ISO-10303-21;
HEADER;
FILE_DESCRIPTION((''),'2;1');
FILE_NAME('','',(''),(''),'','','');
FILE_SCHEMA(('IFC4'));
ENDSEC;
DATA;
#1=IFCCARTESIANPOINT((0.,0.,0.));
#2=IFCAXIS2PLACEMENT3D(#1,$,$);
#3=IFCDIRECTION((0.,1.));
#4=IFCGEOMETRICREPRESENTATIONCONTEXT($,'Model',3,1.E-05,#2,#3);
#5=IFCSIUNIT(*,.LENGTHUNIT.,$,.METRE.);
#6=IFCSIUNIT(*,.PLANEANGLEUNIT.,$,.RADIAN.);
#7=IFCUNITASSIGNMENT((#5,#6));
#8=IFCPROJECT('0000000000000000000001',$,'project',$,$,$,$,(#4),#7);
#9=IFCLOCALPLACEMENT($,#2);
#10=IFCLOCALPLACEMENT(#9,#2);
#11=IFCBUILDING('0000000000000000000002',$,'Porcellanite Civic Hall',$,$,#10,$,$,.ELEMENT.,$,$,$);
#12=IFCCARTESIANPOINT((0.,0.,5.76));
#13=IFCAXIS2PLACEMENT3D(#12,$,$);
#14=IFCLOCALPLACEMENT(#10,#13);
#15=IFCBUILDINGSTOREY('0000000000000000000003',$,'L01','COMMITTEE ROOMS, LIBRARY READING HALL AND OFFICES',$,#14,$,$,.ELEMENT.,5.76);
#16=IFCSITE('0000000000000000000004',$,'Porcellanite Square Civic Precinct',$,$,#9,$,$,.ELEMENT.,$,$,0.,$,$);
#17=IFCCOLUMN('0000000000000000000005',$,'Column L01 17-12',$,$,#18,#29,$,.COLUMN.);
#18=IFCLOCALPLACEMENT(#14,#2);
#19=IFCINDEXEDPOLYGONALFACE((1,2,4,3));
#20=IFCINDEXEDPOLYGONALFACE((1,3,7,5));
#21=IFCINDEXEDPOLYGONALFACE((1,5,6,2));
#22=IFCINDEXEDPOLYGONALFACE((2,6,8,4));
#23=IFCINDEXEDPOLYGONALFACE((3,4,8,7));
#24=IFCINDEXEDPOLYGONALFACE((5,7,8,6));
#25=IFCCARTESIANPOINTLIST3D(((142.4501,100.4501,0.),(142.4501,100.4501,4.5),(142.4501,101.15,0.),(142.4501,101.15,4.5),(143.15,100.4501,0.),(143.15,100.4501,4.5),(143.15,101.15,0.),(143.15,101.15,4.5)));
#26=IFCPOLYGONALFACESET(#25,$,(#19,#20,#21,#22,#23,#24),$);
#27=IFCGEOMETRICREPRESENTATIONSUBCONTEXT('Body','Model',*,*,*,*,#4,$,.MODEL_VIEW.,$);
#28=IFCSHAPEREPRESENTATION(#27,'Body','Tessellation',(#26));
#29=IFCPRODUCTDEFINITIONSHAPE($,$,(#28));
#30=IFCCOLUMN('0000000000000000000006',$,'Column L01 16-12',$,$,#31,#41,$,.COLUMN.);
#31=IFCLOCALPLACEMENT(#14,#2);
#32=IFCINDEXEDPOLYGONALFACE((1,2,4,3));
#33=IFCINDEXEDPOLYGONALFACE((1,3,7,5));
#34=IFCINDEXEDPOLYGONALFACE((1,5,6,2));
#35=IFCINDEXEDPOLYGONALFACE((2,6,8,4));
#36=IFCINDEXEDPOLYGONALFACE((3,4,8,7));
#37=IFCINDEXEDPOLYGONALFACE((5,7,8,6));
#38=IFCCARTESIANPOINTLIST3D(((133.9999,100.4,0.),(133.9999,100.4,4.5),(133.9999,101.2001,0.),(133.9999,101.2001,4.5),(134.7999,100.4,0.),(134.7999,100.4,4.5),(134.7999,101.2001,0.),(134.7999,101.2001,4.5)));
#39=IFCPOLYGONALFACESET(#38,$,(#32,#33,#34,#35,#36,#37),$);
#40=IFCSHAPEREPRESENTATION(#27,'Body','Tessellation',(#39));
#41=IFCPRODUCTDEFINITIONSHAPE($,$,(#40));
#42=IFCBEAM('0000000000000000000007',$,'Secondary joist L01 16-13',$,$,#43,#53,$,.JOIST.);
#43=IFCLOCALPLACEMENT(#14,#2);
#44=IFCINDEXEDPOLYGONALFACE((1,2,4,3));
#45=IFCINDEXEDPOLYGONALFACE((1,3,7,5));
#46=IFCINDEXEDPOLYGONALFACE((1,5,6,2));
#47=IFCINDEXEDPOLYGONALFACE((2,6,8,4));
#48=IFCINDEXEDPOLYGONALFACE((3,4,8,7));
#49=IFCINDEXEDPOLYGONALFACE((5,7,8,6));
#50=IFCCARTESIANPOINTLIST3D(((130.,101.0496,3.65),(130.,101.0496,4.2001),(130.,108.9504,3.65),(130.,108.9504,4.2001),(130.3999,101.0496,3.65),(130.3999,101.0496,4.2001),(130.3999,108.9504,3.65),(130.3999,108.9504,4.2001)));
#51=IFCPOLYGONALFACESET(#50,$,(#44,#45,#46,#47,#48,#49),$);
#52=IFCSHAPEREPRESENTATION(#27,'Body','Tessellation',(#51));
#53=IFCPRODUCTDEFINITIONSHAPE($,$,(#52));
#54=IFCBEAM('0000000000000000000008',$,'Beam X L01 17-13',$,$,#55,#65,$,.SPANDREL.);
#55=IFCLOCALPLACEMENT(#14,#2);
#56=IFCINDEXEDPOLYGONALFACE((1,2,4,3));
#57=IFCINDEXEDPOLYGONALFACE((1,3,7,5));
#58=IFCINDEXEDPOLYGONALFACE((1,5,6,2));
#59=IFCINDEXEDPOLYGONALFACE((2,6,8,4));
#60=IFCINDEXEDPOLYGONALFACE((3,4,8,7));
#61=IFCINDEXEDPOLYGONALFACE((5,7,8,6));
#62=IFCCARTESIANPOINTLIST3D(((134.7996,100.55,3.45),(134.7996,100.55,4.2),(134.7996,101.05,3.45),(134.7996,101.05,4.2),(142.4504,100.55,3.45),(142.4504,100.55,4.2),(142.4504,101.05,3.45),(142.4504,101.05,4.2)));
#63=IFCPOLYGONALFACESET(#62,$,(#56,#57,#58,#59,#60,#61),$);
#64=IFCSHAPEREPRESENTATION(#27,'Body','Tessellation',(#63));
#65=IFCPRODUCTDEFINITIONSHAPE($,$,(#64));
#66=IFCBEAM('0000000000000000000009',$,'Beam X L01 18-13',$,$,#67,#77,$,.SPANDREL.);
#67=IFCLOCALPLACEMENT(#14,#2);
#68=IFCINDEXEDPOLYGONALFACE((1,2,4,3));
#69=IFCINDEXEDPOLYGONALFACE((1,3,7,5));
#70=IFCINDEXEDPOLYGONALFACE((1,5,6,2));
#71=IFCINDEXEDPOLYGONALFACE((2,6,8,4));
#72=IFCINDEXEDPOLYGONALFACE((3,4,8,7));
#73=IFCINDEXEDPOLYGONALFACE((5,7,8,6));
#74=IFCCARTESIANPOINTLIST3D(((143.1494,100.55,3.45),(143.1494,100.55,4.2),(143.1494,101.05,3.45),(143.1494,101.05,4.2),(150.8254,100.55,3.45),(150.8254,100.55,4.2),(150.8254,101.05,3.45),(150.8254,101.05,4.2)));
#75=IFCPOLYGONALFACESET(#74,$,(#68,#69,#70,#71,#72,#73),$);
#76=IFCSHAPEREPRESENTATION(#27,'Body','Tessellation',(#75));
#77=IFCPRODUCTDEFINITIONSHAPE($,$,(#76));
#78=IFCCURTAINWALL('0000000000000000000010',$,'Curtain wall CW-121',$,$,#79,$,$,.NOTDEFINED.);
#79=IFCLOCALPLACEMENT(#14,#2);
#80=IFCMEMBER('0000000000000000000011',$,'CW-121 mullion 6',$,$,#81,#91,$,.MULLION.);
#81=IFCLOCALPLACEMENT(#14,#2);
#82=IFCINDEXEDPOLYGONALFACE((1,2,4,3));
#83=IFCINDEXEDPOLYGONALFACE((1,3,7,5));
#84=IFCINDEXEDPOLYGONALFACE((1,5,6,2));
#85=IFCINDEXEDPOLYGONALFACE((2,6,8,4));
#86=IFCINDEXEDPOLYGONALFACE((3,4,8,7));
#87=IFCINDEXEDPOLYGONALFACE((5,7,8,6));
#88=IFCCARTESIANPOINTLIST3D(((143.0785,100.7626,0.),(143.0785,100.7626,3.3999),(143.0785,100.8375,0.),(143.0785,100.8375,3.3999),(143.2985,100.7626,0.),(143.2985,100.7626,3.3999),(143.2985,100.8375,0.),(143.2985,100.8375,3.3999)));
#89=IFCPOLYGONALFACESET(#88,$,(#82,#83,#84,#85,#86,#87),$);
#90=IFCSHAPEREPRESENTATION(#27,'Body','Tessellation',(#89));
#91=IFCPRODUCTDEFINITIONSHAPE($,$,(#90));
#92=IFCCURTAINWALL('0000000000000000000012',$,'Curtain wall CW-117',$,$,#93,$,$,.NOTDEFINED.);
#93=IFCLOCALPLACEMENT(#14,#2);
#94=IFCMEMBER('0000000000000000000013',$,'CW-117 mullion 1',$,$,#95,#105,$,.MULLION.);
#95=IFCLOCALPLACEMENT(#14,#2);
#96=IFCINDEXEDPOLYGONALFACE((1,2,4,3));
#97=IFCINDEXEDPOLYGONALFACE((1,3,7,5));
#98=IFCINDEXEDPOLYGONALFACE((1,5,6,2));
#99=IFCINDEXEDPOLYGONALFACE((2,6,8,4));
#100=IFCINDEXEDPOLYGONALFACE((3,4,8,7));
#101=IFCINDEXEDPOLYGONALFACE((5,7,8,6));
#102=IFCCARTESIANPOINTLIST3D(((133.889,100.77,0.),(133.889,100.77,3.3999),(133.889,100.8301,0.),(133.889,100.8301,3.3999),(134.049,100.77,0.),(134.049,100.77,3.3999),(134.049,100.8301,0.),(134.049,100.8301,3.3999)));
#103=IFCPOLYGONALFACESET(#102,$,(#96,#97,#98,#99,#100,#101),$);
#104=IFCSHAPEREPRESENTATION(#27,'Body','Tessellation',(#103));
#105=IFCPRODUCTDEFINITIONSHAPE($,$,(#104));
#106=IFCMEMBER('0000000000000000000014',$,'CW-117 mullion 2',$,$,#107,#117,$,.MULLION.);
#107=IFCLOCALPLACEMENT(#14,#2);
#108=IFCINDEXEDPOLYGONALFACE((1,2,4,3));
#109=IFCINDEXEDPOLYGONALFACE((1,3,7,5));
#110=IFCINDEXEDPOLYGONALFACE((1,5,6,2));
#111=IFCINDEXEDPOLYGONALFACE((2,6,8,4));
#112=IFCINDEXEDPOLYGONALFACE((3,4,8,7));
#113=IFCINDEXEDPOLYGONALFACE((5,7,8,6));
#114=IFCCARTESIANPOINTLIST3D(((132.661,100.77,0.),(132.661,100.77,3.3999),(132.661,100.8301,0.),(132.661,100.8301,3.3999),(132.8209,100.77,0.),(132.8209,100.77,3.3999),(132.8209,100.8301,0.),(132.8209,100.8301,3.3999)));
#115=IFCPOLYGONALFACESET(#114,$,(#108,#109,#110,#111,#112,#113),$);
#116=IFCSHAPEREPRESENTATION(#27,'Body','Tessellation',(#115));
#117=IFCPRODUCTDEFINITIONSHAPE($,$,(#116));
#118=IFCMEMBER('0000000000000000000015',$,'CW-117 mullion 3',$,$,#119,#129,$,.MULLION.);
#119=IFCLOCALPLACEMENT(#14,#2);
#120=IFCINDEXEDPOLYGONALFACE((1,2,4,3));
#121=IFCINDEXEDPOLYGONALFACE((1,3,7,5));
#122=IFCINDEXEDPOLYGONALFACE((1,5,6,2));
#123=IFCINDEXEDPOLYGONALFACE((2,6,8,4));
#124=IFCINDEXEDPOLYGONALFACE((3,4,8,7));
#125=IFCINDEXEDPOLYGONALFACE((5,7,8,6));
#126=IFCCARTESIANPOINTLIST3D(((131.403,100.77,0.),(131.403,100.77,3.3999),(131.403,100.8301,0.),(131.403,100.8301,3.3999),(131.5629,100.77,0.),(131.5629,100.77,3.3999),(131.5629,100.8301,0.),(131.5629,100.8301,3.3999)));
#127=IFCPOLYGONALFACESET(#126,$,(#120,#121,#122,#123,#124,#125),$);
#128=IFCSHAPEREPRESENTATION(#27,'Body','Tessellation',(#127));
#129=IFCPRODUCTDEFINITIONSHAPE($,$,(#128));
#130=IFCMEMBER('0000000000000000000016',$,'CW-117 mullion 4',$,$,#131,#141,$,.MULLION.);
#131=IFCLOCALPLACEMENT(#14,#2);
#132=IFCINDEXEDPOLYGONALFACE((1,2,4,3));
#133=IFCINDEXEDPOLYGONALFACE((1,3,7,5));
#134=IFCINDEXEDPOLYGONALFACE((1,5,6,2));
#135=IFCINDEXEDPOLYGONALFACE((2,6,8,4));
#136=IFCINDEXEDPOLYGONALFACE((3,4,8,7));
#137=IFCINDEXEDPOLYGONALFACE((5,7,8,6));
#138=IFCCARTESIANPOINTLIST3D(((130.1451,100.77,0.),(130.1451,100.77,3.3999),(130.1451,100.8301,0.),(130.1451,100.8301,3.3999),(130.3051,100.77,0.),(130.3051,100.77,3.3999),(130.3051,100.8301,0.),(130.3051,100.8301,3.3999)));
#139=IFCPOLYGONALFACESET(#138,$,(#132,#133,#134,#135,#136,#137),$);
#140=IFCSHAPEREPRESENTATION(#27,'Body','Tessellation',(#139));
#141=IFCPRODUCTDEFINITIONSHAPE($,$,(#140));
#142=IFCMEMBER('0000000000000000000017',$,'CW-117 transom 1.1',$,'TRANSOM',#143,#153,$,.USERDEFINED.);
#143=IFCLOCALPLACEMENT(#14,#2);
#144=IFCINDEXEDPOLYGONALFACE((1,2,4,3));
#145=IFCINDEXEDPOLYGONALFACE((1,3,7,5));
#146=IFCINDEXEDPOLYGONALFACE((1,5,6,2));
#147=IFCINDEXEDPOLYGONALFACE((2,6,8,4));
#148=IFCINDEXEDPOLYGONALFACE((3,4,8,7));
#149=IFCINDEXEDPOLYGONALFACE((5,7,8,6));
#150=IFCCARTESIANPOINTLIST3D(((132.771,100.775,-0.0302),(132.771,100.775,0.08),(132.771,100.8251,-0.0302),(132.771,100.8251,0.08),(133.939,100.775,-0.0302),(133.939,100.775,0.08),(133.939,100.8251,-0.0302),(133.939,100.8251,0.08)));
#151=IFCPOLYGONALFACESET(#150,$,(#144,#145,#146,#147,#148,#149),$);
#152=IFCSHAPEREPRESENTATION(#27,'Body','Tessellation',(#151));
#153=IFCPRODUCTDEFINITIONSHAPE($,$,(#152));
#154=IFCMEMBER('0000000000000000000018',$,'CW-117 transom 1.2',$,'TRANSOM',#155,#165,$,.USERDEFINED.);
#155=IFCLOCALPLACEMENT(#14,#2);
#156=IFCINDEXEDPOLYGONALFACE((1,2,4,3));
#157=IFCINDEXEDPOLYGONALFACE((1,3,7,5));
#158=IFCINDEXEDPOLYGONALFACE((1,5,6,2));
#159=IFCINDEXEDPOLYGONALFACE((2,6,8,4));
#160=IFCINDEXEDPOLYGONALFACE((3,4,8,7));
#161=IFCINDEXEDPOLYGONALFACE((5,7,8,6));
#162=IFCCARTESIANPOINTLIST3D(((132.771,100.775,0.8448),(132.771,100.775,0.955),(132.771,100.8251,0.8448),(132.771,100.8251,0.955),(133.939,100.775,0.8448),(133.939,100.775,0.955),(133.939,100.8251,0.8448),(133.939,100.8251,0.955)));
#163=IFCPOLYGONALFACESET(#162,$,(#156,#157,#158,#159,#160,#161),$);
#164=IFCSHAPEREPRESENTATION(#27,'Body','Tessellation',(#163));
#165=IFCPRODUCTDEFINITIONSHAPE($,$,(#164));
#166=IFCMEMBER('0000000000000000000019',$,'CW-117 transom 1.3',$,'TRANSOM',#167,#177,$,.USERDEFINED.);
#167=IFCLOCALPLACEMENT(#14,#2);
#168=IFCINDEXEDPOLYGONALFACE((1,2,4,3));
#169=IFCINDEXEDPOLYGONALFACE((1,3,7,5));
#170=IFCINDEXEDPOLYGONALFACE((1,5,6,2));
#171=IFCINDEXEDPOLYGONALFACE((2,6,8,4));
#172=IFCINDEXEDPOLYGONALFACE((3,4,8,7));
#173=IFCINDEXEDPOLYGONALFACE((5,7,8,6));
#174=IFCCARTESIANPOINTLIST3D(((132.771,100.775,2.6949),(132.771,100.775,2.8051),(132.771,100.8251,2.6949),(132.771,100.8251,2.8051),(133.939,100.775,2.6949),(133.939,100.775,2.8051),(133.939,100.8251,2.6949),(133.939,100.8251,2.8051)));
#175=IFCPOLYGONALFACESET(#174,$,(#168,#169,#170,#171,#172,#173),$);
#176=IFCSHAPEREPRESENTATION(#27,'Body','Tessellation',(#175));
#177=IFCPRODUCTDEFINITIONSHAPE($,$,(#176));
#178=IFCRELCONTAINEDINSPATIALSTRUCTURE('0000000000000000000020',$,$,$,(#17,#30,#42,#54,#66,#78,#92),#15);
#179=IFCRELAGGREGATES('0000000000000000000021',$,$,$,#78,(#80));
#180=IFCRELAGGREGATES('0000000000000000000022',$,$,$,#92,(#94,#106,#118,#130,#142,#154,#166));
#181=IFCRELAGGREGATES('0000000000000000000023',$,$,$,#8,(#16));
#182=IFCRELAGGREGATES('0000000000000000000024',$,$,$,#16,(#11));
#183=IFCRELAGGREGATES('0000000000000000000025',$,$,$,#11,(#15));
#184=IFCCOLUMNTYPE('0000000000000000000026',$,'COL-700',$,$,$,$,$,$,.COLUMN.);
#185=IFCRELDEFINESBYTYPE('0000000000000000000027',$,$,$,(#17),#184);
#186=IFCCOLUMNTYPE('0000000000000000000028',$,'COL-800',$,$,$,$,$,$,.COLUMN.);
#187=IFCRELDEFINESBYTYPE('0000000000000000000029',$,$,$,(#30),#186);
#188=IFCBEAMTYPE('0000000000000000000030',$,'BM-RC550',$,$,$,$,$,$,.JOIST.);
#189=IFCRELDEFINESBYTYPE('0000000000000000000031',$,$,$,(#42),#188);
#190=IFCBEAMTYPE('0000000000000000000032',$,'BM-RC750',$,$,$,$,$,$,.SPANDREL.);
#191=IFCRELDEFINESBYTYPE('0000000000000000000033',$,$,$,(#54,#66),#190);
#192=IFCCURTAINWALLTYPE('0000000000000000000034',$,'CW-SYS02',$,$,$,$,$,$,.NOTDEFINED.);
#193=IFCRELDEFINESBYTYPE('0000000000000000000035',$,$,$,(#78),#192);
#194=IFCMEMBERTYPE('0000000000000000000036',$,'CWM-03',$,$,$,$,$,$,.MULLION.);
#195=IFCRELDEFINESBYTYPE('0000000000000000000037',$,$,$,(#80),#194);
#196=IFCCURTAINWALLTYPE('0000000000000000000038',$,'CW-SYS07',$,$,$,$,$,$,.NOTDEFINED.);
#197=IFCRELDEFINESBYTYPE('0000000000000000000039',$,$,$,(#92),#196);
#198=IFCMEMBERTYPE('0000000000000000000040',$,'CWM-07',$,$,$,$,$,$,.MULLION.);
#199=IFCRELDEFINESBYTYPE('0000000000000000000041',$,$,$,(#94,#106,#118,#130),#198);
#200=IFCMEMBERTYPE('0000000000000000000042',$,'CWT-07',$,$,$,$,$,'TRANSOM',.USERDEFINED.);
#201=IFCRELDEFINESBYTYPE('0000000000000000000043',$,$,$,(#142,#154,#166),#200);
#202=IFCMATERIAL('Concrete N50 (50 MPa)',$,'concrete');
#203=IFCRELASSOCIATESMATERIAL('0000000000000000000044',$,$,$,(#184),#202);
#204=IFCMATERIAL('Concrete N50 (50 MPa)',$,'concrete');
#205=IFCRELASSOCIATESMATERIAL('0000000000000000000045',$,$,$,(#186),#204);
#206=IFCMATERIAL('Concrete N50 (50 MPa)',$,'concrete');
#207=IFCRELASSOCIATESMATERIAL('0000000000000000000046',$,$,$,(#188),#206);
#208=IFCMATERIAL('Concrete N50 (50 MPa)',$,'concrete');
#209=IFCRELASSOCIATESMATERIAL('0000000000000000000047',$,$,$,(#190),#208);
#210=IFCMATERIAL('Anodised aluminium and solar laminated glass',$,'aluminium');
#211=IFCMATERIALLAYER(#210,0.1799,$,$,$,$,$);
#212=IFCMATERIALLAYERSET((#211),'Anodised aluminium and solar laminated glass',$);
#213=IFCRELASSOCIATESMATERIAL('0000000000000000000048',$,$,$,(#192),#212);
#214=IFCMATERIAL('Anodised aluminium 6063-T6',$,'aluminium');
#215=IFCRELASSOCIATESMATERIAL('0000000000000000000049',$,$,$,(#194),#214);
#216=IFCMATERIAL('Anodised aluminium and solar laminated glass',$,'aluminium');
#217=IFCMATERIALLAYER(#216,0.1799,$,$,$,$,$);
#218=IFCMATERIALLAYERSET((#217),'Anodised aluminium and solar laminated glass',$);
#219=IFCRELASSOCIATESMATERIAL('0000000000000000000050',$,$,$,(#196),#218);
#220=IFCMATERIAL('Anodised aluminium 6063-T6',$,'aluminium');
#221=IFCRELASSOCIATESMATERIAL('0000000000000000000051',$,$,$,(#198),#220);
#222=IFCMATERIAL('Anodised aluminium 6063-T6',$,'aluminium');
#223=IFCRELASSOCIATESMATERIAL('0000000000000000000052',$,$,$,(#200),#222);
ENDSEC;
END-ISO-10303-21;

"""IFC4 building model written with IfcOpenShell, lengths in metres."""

from ifc_helpers import new_model, si_unit, direction, frame, origin, origin_2d, place, context, subcontext, project, spatial, rectangle, extrude, material, layer, layer_set, material_profile, profile_set, type_object, element, aggregate, save


model = new_model("IFC4")

# Units and contexts
model_context = context("Model", 3, precision=1e-05, world=origin(), true_north=direction((0.0, 1.0)))
body_context = subcontext(model_context, "Body", "Model", "MODEL_VIEW")
ifc_project = project(units=[si_unit("LENGTHUNIT", "METRE"), si_unit("PLANEANGLEUNIT", "RADIAN")], contexts=[model_context])

# Site, building, storey
site_placement = place(None, origin())
site = spatial("IfcSite", under=ifc_project, at=site_placement, Name="Porcellanite Square Civic Precinct", CompositionType="ELEMENT", RefElevation=0.0)
building_placement = place(site_placement, origin())
building = spatial("IfcBuilding", under=site, at=building_placement, Name="Porcellanite Civic Hall", CompositionType="ELEMENT")
storey_placement = place(building_placement, frame((0.0, 0.0, 5.76)))
storey = spatial("IfcBuildingStorey", under=building, at=storey_placement, Name="L01", Description="COMMITTEE ROOMS, LIBRARY READING HALL AND OFFICES", CompositionType="ELEMENT", Elevation=5.76)

# Columns
ifc_material_1 = material(Name="Concrete N50 (50 MPa)", Category="concrete")
ifc_material_profile_1 = material_profile(ifc_material_1, rectangle(XDim=0.7, YDim=0.7, at=origin_2d()), Name="RC-700x700")
ifc_profile_set_1 = profile_set([ifc_material_profile_1], Name="Concrete N50 (50 MPa)")
column_type_1 = type_object("IfcColumnType", Name="COL-700", PredefinedType="COLUMN", material=ifc_profile_set_1)
column_1_placement = place(storey_placement, frame((142.8, 100.8, 0.0), z_axis=(0.0, 0.0, 1.0), x_axis=(1.0, 0.0, 0.0)))
element("IfcColumn", 1, at=column_1_placement, inside=storey, type_object=column_type_1, Name="Column L01 17-12", PredefinedType="COLUMN", context=body_context, shape_type="SweptSolid", body=[
    extrude(rectangle(XDim=0.7, YDim=0.7, at=origin_2d()), origin(), (0.0, 0.0, 1.0), 4.5),
])
ifc_material_2 = material(Name="Concrete N50 (50 MPa)", Category="concrete")
ifc_material_profile_2 = material_profile(ifc_material_2, rectangle(XDim=0.8, YDim=0.8, at=origin_2d()), Name="RC-800x800")
ifc_profile_set_2 = profile_set([ifc_material_profile_2], Name="Concrete N50 (50 MPa)")
column_type_2 = type_object("IfcColumnType", Name="COL-800", PredefinedType="COLUMN", material=ifc_profile_set_2)
column_2_placement = place(storey_placement, frame((134.3999, 100.8, 0.0), z_axis=(0.0, 0.0, 1.0), x_axis=(1.0, 0.0, 0.0)))
element("IfcColumn", 2, at=column_2_placement, inside=storey, type_object=column_type_2, Name="Column L01 16-12", PredefinedType="COLUMN", context=body_context, shape_type="SweptSolid", body=[
    extrude(rectangle(XDim=0.8, YDim=0.8, at=origin_2d()), origin(), (0.0, 0.0, 1.0), 4.5),
])

# Beams
ifc_material_3 = material(Name="Concrete N50 (50 MPa)", Category="concrete")
ifc_material_profile_3 = material_profile(ifc_material_3, rectangle(XDim=0.3999, YDim=0.55, at=origin_2d()), Name="RC-400x550")
ifc_profile_set_3 = profile_set([ifc_material_profile_3], Name="Concrete N50 (50 MPa)")
beam_type_1 = type_object("IfcBeamType", Name="BM-RC550", PredefinedType="JOIST", material=ifc_profile_set_3)
beam_1_placement = place(storey_placement, frame((130.2, 101.0496, 3.925), z_axis=(0.0, 1.0, 0.0), x_axis=(-1.0, 0.0, 0.0)))
element("IfcBeam", 3, at=beam_1_placement, inside=storey, type_object=beam_type_1, Name="Secondary joist L01 16-13", PredefinedType="JOIST", context=body_context, shape_type="SweptSolid", body=[
    extrude(rectangle(XDim=0.3999, YDim=0.55, at=origin_2d()), origin(), (0.0, 0.0, 1.0), 7.9009),
])
ifc_material_4 = material(Name="Concrete N50 (50 MPa)", Category="concrete")
ifc_material_profile_4 = material_profile(ifc_material_4, rectangle(XDim=0.5, YDim=0.75, at=origin_2d()), Name="RC-500x750")
ifc_profile_set_4 = profile_set([ifc_material_profile_4], Name="Concrete N50 (50 MPa)")
beam_type_2 = type_object("IfcBeamType", Name="BM-RC750", PredefinedType="SPANDREL", material=ifc_profile_set_4)
beam_2_placement = place(storey_placement, frame((134.7996, 100.8, 3.825), z_axis=(1.0, 0.0, 0.0), x_axis=(0.0, 1.0, 0.0)))
element("IfcBeam", 4, at=beam_2_placement, inside=storey, type_object=beam_type_2, Name="Beam X L01 17-13", PredefinedType="SPANDREL", context=body_context, shape_type="SweptSolid", body=[
    extrude(rectangle(XDim=0.5, YDim=0.75, at=origin_2d()), origin(), (0.0, 0.0, 1.0), 7.6509),
])
beam_3_placement = place(storey_placement, frame((143.1494, 100.8, 3.825), z_axis=(1.0, 0.0, 0.0), x_axis=(0.0, 1.0, 0.0)))
element("IfcBeam", 5, at=beam_3_placement, inside=storey, type_object=beam_type_2, Name="Beam X L01 18-13", PredefinedType="SPANDREL", context=body_context, shape_type="SweptSolid", body=[
    extrude(rectangle(XDim=0.5, YDim=0.75, at=origin_2d()), origin(), (0.0, 0.0, 1.0), 7.676),
])

# Curtain wall, member
ifc_material_5 = material(Name="Anodised aluminium and solar laminated glass", Category="aluminium")
ifc_layer_1 = layer(ifc_material_5, 0.1799)
ifc_layer_set_1 = layer_set([ifc_layer_1], Name="Anodised aluminium and solar laminated glass")
curtain_wall_type_1 = type_object("IfcCurtainWallType", Name="CW-SYS02", PredefinedType="NOTDEFINED", material=ifc_layer_set_1)
curtain_wall_1_placement = place(storey_placement, origin())
curtain_wall_1 = element("IfcCurtainWall", 6, at=curtain_wall_1_placement, inside=storey, type_object=curtain_wall_type_1, Name="Curtain wall CW-121", PredefinedType="NOTDEFINED")
ifc_material_6 = material(Name="Anodised aluminium 6063-T6", Category="aluminium")
ifc_material_profile_5 = material_profile(ifc_material_6, rectangle(XDim=0.075, YDim=0.22, at=origin_2d()), Name="AL-75x220")
ifc_profile_set_5 = profile_set([ifc_material_profile_5], Name="Anodised aluminium 6063-T6")
member_type_1 = type_object("IfcMemberType", Name="CWM-03", PredefinedType="MULLION", material=ifc_profile_set_5)
member_1_placement = place(storey_placement, frame((143.1885, 100.8, 0.0), z_axis=(0.0, 0.0, 1.0), x_axis=(0.0, -1.0, 0.0)))
member_1 = element("IfcMember", 7, at=member_1_placement, type_object=member_type_1, Name="CW-121 mullion 6", PredefinedType="MULLION", context=body_context, shape_type="SweptSolid", body=[
    extrude(rectangle(XDim=0.075, YDim=0.22, at=origin_2d()), origin(), (0.0, 0.0, 1.0), 3.3999),
])
aggregate(curtain_wall_1, [member_1])

# Curtain wall, members
ifc_material_7 = material(Name="Anodised aluminium and solar laminated glass", Category="aluminium")
ifc_layer_2 = layer(ifc_material_7, 0.1799)
ifc_layer_set_2 = layer_set([ifc_layer_2], Name="Anodised aluminium and solar laminated glass")
curtain_wall_type_2 = type_object("IfcCurtainWallType", Name="CW-SYS07", PredefinedType="NOTDEFINED", material=ifc_layer_set_2)
curtain_wall_2_placement = place(storey_placement, origin())
curtain_wall_2 = element("IfcCurtainWall", 8, at=curtain_wall_2_placement, inside=storey, type_object=curtain_wall_type_2, Name="Curtain wall CW-117", PredefinedType="NOTDEFINED")
ifc_material_8 = material(Name="Anodised aluminium 6063-T6", Category="aluminium")
ifc_material_profile_6 = material_profile(ifc_material_8, rectangle(XDim=0.0601, YDim=0.1599, at=origin_2d()), Name="AL-60x160")
ifc_profile_set_6 = profile_set([ifc_material_profile_6], Name="Anodised aluminium 6063-T6")
member_type_2 = type_object("IfcMemberType", Name="CWM-07", PredefinedType="MULLION", material=ifc_profile_set_6)
member_2_placement = place(storey_placement, frame((133.969, 100.8, 0.0), z_axis=(0.0, 0.0, 1.0), x_axis=(0.0, -1.0, 0.0)))
member_2 = element("IfcMember", 9, at=member_2_placement, type_object=member_type_2, Name="CW-117 mullion 1", PredefinedType="MULLION", context=body_context, shape_type="SweptSolid", body=[
    extrude(rectangle(XDim=0.0601, YDim=0.1599, at=origin_2d()), origin(), (0.0, 0.0, 1.0), 3.3999),
])
member_3_placement = place(storey_placement, frame((132.741, 100.8, 0.0), z_axis=(0.0, 0.0, 1.0), x_axis=(0.0, -1.0, 0.0)))
member_3 = element("IfcMember", 10, at=member_3_placement, type_object=member_type_2, Name="CW-117 mullion 2", PredefinedType="MULLION", context=body_context, shape_type="SweptSolid", body=[
    extrude(rectangle(XDim=0.0601, YDim=0.1599, at=origin_2d()), origin(), (0.0, 0.0, 1.0), 3.3999),
])
member_4_placement = place(storey_placement, frame((131.4829, 100.8, 0.0), z_axis=(0.0, 0.0, 1.0), x_axis=(0.0, -1.0, 0.0)))
member_4 = element("IfcMember", 11, at=member_4_placement, type_object=member_type_2, Name="CW-117 mullion 3", PredefinedType="MULLION", context=body_context, shape_type="SweptSolid", body=[
    extrude(rectangle(XDim=0.0601, YDim=0.1599, at=origin_2d()), origin(), (0.0, 0.0, 1.0), 3.3999),
])
member_5_placement = place(storey_placement, frame((130.2251, 100.8, 0.0), z_axis=(0.0, 0.0, 1.0), x_axis=(0.0, -1.0, 0.0)))
member_5 = element("IfcMember", 12, at=member_5_placement, type_object=member_type_2, Name="CW-117 mullion 4", PredefinedType="MULLION", context=body_context, shape_type="SweptSolid", body=[
    extrude(rectangle(XDim=0.0601, YDim=0.1599, at=origin_2d()), origin(), (0.0, 0.0, 1.0), 3.3999),
])
ifc_material_9 = material(Name="Anodised aluminium 6063-T6", Category="aluminium")
ifc_material_profile_7 = material_profile(ifc_material_9, rectangle(XDim=0.05, YDim=0.1101, at=origin_2d()), Name="AL-50x110")
ifc_profile_set_7 = profile_set([ifc_material_profile_7], Name="Anodised aluminium 6063-T6")
member_type_3 = type_object("IfcMemberType", Name="CWT-07", ElementType="TRANSOM", PredefinedType="USERDEFINED", material=ifc_profile_set_7)
member_6_placement = place(storey_placement, frame((133.939, 100.8, 0.0249), z_axis=(-1.0, 0.0, 0.0), x_axis=(0.0, -1.0, 0.0)))
member_6 = element("IfcMember", 13, at=member_6_placement, type_object=member_type_3, Name="CW-117 transom 1.1", ObjectType="TRANSOM", PredefinedType="USERDEFINED", context=body_context, shape_type="SweptSolid", body=[
    extrude(rectangle(XDim=0.05, YDim=0.1101, at=origin_2d()), origin(), (0.0, 0.0, 1.0), 1.168),
])
member_7_placement = place(storey_placement, frame((133.939, 100.8, 0.8999), z_axis=(-1.0, 0.0, 0.0), x_axis=(0.0, -1.0, 0.0)))
member_7 = element("IfcMember", 14, at=member_7_placement, type_object=member_type_3, Name="CW-117 transom 1.2", ObjectType="TRANSOM", PredefinedType="USERDEFINED", context=body_context, shape_type="SweptSolid", body=[
    extrude(rectangle(XDim=0.05, YDim=0.1101, at=origin_2d()), origin(), (0.0, 0.0, 1.0), 1.168),
])
member_8_placement = place(storey_placement, frame((133.939, 100.8, 2.75), z_axis=(-1.0, 0.0, 0.0), x_axis=(0.0, -1.0, 0.0)))
member_8 = element("IfcMember", 15, at=member_8_placement, type_object=member_type_3, Name="CW-117 transom 1.3", ObjectType="TRANSOM", PredefinedType="USERDEFINED", context=body_context, shape_type="SweptSolid", body=[
    extrude(rectangle(XDim=0.05, YDim=0.1101, at=origin_2d()), origin(), (0.0, 0.0, 1.0), 1.168),
])

aggregate(curtain_wall_2, [member_2, member_3, member_4, member_5, member_6, member_7, member_8])

save(model, "model.ifc")
